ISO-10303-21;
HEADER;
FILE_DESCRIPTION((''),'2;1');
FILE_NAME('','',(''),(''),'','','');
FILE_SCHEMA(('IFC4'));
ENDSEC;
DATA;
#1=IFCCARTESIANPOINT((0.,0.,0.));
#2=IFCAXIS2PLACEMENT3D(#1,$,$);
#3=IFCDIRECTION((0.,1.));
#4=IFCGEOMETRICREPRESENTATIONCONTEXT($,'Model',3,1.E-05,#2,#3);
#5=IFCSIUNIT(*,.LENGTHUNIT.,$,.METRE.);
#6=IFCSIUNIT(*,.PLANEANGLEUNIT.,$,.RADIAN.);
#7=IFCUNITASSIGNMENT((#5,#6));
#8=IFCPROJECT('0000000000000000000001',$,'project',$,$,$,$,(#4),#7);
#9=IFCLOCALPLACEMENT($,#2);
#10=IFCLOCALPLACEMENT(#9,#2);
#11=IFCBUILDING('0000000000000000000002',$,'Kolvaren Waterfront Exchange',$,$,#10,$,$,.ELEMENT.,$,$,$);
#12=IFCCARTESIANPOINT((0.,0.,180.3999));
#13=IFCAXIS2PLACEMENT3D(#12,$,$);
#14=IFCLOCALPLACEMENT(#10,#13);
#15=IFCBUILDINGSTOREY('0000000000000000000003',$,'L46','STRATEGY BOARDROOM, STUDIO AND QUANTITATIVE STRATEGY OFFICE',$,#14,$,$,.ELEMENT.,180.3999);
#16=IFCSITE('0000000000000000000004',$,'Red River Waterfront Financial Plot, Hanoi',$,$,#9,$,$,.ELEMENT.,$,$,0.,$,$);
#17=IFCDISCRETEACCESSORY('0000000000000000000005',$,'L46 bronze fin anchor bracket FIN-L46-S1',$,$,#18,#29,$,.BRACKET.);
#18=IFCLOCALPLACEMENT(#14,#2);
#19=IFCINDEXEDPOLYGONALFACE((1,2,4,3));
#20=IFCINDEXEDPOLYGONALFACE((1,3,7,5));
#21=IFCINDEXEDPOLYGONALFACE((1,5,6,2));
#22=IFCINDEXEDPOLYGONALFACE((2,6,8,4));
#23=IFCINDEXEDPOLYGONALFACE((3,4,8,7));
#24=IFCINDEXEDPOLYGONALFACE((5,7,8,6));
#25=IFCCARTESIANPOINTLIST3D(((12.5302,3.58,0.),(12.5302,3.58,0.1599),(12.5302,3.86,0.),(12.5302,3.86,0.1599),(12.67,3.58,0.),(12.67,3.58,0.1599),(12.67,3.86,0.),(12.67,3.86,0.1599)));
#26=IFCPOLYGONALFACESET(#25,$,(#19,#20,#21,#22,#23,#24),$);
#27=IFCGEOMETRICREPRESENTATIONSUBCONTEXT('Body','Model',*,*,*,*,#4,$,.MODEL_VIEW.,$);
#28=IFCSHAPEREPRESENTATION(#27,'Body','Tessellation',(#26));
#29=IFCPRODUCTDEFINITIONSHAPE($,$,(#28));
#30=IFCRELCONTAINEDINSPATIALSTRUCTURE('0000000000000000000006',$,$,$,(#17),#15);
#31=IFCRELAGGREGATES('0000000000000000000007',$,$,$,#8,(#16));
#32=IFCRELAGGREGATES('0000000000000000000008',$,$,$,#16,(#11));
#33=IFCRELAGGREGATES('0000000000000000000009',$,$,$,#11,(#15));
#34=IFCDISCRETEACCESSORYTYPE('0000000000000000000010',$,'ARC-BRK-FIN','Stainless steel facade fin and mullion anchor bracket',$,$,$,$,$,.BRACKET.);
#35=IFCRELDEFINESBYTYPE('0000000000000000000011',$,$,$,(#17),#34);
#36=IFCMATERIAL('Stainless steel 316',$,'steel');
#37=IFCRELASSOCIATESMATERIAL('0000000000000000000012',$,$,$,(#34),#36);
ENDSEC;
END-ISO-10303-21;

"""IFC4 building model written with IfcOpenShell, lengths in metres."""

from ifc_helpers import new_model, si_unit, direction, frame, origin, origin_with_axes, origin_2d, place, context, subcontext, project, spatial, rectangle, extrude, source, transform, mapped, material, type_object, element, save


model = new_model("IFC4")

# Units and contexts
model_context = context("Model", 3, precision=1e-05, world=origin(), true_north=direction((0.0, 1.0)))
body_context = subcontext(model_context, "Body", "Model", "MODEL_VIEW")
ifc_project = project(units=[si_unit("LENGTHUNIT", "METRE"), si_unit("PLANEANGLEUNIT", "RADIAN")], contexts=[model_context])

# Site, building, storey
site_placement = place(None, origin())
site = spatial("IfcSite", under=ifc_project, at=site_placement, Name="Red River Waterfront Financial Plot, Hanoi", CompositionType="ELEMENT", RefElevation=0.0)
building_placement = place(site_placement, origin())
building = spatial("IfcBuilding", under=site, at=building_placement, Name="Kolvaren Waterfront Exchange", CompositionType="ELEMENT")
storey_placement = place(building_placement, frame((0.0, 0.0, 180.3999)))
storey = spatial("IfcBuildingStorey", under=building, at=storey_placement, Name="L46", Description="STRATEGY BOARDROOM, STUDIO AND QUANTITATIVE STRATEGY OFFICE", CompositionType="ELEMENT", Elevation=180.3999)

# Shared definitions
ifc_material_1 = material(Name="Stainless steel 316", Category="steel")

# Discrete accessory
discrete_accessory_type = type_object("IfcDiscreteAccessoryType", Name="ARC-BRK-FIN", Description="Stainless steel facade fin and mullion anchor bracket", PredefinedType="BRACKET", material=ifc_material_1)
shared_shape_1 = source(origin_with_axes(), body_context, "Body", "SweptSolid", [
    extrude(rectangle(XDim=0.28, YDim=0.1399, at=origin_2d()), origin(), (0.0, 0.0, 1.0), 0.1599),
])
discrete_accessory_placement = place(storey_placement, frame((12.6001, 3.72, 0.0), z_axis=(0.0, 0.0, 1.0), x_axis=(0.0, -1.0, 0.0)))
element("IfcDiscreteAccessory", 1, at=discrete_accessory_placement, inside=storey, type_object=discrete_accessory_type, Name="L46 bronze fin anchor bracket FIN-L46-S1", PredefinedType="BRACKET", context=body_context, shape_type="MappedRepresentation", body=[
    mapped(shared_shape_1, transform((0.0, 0.0, 0.0), x_axis=(1.0, 0.0, 0.0), y_axis=(0.0, 1.0, 0.0), z_axis=(0.0, 0.0, 1.0), scale=1.0)),
])

save(model, "model.ifc")
